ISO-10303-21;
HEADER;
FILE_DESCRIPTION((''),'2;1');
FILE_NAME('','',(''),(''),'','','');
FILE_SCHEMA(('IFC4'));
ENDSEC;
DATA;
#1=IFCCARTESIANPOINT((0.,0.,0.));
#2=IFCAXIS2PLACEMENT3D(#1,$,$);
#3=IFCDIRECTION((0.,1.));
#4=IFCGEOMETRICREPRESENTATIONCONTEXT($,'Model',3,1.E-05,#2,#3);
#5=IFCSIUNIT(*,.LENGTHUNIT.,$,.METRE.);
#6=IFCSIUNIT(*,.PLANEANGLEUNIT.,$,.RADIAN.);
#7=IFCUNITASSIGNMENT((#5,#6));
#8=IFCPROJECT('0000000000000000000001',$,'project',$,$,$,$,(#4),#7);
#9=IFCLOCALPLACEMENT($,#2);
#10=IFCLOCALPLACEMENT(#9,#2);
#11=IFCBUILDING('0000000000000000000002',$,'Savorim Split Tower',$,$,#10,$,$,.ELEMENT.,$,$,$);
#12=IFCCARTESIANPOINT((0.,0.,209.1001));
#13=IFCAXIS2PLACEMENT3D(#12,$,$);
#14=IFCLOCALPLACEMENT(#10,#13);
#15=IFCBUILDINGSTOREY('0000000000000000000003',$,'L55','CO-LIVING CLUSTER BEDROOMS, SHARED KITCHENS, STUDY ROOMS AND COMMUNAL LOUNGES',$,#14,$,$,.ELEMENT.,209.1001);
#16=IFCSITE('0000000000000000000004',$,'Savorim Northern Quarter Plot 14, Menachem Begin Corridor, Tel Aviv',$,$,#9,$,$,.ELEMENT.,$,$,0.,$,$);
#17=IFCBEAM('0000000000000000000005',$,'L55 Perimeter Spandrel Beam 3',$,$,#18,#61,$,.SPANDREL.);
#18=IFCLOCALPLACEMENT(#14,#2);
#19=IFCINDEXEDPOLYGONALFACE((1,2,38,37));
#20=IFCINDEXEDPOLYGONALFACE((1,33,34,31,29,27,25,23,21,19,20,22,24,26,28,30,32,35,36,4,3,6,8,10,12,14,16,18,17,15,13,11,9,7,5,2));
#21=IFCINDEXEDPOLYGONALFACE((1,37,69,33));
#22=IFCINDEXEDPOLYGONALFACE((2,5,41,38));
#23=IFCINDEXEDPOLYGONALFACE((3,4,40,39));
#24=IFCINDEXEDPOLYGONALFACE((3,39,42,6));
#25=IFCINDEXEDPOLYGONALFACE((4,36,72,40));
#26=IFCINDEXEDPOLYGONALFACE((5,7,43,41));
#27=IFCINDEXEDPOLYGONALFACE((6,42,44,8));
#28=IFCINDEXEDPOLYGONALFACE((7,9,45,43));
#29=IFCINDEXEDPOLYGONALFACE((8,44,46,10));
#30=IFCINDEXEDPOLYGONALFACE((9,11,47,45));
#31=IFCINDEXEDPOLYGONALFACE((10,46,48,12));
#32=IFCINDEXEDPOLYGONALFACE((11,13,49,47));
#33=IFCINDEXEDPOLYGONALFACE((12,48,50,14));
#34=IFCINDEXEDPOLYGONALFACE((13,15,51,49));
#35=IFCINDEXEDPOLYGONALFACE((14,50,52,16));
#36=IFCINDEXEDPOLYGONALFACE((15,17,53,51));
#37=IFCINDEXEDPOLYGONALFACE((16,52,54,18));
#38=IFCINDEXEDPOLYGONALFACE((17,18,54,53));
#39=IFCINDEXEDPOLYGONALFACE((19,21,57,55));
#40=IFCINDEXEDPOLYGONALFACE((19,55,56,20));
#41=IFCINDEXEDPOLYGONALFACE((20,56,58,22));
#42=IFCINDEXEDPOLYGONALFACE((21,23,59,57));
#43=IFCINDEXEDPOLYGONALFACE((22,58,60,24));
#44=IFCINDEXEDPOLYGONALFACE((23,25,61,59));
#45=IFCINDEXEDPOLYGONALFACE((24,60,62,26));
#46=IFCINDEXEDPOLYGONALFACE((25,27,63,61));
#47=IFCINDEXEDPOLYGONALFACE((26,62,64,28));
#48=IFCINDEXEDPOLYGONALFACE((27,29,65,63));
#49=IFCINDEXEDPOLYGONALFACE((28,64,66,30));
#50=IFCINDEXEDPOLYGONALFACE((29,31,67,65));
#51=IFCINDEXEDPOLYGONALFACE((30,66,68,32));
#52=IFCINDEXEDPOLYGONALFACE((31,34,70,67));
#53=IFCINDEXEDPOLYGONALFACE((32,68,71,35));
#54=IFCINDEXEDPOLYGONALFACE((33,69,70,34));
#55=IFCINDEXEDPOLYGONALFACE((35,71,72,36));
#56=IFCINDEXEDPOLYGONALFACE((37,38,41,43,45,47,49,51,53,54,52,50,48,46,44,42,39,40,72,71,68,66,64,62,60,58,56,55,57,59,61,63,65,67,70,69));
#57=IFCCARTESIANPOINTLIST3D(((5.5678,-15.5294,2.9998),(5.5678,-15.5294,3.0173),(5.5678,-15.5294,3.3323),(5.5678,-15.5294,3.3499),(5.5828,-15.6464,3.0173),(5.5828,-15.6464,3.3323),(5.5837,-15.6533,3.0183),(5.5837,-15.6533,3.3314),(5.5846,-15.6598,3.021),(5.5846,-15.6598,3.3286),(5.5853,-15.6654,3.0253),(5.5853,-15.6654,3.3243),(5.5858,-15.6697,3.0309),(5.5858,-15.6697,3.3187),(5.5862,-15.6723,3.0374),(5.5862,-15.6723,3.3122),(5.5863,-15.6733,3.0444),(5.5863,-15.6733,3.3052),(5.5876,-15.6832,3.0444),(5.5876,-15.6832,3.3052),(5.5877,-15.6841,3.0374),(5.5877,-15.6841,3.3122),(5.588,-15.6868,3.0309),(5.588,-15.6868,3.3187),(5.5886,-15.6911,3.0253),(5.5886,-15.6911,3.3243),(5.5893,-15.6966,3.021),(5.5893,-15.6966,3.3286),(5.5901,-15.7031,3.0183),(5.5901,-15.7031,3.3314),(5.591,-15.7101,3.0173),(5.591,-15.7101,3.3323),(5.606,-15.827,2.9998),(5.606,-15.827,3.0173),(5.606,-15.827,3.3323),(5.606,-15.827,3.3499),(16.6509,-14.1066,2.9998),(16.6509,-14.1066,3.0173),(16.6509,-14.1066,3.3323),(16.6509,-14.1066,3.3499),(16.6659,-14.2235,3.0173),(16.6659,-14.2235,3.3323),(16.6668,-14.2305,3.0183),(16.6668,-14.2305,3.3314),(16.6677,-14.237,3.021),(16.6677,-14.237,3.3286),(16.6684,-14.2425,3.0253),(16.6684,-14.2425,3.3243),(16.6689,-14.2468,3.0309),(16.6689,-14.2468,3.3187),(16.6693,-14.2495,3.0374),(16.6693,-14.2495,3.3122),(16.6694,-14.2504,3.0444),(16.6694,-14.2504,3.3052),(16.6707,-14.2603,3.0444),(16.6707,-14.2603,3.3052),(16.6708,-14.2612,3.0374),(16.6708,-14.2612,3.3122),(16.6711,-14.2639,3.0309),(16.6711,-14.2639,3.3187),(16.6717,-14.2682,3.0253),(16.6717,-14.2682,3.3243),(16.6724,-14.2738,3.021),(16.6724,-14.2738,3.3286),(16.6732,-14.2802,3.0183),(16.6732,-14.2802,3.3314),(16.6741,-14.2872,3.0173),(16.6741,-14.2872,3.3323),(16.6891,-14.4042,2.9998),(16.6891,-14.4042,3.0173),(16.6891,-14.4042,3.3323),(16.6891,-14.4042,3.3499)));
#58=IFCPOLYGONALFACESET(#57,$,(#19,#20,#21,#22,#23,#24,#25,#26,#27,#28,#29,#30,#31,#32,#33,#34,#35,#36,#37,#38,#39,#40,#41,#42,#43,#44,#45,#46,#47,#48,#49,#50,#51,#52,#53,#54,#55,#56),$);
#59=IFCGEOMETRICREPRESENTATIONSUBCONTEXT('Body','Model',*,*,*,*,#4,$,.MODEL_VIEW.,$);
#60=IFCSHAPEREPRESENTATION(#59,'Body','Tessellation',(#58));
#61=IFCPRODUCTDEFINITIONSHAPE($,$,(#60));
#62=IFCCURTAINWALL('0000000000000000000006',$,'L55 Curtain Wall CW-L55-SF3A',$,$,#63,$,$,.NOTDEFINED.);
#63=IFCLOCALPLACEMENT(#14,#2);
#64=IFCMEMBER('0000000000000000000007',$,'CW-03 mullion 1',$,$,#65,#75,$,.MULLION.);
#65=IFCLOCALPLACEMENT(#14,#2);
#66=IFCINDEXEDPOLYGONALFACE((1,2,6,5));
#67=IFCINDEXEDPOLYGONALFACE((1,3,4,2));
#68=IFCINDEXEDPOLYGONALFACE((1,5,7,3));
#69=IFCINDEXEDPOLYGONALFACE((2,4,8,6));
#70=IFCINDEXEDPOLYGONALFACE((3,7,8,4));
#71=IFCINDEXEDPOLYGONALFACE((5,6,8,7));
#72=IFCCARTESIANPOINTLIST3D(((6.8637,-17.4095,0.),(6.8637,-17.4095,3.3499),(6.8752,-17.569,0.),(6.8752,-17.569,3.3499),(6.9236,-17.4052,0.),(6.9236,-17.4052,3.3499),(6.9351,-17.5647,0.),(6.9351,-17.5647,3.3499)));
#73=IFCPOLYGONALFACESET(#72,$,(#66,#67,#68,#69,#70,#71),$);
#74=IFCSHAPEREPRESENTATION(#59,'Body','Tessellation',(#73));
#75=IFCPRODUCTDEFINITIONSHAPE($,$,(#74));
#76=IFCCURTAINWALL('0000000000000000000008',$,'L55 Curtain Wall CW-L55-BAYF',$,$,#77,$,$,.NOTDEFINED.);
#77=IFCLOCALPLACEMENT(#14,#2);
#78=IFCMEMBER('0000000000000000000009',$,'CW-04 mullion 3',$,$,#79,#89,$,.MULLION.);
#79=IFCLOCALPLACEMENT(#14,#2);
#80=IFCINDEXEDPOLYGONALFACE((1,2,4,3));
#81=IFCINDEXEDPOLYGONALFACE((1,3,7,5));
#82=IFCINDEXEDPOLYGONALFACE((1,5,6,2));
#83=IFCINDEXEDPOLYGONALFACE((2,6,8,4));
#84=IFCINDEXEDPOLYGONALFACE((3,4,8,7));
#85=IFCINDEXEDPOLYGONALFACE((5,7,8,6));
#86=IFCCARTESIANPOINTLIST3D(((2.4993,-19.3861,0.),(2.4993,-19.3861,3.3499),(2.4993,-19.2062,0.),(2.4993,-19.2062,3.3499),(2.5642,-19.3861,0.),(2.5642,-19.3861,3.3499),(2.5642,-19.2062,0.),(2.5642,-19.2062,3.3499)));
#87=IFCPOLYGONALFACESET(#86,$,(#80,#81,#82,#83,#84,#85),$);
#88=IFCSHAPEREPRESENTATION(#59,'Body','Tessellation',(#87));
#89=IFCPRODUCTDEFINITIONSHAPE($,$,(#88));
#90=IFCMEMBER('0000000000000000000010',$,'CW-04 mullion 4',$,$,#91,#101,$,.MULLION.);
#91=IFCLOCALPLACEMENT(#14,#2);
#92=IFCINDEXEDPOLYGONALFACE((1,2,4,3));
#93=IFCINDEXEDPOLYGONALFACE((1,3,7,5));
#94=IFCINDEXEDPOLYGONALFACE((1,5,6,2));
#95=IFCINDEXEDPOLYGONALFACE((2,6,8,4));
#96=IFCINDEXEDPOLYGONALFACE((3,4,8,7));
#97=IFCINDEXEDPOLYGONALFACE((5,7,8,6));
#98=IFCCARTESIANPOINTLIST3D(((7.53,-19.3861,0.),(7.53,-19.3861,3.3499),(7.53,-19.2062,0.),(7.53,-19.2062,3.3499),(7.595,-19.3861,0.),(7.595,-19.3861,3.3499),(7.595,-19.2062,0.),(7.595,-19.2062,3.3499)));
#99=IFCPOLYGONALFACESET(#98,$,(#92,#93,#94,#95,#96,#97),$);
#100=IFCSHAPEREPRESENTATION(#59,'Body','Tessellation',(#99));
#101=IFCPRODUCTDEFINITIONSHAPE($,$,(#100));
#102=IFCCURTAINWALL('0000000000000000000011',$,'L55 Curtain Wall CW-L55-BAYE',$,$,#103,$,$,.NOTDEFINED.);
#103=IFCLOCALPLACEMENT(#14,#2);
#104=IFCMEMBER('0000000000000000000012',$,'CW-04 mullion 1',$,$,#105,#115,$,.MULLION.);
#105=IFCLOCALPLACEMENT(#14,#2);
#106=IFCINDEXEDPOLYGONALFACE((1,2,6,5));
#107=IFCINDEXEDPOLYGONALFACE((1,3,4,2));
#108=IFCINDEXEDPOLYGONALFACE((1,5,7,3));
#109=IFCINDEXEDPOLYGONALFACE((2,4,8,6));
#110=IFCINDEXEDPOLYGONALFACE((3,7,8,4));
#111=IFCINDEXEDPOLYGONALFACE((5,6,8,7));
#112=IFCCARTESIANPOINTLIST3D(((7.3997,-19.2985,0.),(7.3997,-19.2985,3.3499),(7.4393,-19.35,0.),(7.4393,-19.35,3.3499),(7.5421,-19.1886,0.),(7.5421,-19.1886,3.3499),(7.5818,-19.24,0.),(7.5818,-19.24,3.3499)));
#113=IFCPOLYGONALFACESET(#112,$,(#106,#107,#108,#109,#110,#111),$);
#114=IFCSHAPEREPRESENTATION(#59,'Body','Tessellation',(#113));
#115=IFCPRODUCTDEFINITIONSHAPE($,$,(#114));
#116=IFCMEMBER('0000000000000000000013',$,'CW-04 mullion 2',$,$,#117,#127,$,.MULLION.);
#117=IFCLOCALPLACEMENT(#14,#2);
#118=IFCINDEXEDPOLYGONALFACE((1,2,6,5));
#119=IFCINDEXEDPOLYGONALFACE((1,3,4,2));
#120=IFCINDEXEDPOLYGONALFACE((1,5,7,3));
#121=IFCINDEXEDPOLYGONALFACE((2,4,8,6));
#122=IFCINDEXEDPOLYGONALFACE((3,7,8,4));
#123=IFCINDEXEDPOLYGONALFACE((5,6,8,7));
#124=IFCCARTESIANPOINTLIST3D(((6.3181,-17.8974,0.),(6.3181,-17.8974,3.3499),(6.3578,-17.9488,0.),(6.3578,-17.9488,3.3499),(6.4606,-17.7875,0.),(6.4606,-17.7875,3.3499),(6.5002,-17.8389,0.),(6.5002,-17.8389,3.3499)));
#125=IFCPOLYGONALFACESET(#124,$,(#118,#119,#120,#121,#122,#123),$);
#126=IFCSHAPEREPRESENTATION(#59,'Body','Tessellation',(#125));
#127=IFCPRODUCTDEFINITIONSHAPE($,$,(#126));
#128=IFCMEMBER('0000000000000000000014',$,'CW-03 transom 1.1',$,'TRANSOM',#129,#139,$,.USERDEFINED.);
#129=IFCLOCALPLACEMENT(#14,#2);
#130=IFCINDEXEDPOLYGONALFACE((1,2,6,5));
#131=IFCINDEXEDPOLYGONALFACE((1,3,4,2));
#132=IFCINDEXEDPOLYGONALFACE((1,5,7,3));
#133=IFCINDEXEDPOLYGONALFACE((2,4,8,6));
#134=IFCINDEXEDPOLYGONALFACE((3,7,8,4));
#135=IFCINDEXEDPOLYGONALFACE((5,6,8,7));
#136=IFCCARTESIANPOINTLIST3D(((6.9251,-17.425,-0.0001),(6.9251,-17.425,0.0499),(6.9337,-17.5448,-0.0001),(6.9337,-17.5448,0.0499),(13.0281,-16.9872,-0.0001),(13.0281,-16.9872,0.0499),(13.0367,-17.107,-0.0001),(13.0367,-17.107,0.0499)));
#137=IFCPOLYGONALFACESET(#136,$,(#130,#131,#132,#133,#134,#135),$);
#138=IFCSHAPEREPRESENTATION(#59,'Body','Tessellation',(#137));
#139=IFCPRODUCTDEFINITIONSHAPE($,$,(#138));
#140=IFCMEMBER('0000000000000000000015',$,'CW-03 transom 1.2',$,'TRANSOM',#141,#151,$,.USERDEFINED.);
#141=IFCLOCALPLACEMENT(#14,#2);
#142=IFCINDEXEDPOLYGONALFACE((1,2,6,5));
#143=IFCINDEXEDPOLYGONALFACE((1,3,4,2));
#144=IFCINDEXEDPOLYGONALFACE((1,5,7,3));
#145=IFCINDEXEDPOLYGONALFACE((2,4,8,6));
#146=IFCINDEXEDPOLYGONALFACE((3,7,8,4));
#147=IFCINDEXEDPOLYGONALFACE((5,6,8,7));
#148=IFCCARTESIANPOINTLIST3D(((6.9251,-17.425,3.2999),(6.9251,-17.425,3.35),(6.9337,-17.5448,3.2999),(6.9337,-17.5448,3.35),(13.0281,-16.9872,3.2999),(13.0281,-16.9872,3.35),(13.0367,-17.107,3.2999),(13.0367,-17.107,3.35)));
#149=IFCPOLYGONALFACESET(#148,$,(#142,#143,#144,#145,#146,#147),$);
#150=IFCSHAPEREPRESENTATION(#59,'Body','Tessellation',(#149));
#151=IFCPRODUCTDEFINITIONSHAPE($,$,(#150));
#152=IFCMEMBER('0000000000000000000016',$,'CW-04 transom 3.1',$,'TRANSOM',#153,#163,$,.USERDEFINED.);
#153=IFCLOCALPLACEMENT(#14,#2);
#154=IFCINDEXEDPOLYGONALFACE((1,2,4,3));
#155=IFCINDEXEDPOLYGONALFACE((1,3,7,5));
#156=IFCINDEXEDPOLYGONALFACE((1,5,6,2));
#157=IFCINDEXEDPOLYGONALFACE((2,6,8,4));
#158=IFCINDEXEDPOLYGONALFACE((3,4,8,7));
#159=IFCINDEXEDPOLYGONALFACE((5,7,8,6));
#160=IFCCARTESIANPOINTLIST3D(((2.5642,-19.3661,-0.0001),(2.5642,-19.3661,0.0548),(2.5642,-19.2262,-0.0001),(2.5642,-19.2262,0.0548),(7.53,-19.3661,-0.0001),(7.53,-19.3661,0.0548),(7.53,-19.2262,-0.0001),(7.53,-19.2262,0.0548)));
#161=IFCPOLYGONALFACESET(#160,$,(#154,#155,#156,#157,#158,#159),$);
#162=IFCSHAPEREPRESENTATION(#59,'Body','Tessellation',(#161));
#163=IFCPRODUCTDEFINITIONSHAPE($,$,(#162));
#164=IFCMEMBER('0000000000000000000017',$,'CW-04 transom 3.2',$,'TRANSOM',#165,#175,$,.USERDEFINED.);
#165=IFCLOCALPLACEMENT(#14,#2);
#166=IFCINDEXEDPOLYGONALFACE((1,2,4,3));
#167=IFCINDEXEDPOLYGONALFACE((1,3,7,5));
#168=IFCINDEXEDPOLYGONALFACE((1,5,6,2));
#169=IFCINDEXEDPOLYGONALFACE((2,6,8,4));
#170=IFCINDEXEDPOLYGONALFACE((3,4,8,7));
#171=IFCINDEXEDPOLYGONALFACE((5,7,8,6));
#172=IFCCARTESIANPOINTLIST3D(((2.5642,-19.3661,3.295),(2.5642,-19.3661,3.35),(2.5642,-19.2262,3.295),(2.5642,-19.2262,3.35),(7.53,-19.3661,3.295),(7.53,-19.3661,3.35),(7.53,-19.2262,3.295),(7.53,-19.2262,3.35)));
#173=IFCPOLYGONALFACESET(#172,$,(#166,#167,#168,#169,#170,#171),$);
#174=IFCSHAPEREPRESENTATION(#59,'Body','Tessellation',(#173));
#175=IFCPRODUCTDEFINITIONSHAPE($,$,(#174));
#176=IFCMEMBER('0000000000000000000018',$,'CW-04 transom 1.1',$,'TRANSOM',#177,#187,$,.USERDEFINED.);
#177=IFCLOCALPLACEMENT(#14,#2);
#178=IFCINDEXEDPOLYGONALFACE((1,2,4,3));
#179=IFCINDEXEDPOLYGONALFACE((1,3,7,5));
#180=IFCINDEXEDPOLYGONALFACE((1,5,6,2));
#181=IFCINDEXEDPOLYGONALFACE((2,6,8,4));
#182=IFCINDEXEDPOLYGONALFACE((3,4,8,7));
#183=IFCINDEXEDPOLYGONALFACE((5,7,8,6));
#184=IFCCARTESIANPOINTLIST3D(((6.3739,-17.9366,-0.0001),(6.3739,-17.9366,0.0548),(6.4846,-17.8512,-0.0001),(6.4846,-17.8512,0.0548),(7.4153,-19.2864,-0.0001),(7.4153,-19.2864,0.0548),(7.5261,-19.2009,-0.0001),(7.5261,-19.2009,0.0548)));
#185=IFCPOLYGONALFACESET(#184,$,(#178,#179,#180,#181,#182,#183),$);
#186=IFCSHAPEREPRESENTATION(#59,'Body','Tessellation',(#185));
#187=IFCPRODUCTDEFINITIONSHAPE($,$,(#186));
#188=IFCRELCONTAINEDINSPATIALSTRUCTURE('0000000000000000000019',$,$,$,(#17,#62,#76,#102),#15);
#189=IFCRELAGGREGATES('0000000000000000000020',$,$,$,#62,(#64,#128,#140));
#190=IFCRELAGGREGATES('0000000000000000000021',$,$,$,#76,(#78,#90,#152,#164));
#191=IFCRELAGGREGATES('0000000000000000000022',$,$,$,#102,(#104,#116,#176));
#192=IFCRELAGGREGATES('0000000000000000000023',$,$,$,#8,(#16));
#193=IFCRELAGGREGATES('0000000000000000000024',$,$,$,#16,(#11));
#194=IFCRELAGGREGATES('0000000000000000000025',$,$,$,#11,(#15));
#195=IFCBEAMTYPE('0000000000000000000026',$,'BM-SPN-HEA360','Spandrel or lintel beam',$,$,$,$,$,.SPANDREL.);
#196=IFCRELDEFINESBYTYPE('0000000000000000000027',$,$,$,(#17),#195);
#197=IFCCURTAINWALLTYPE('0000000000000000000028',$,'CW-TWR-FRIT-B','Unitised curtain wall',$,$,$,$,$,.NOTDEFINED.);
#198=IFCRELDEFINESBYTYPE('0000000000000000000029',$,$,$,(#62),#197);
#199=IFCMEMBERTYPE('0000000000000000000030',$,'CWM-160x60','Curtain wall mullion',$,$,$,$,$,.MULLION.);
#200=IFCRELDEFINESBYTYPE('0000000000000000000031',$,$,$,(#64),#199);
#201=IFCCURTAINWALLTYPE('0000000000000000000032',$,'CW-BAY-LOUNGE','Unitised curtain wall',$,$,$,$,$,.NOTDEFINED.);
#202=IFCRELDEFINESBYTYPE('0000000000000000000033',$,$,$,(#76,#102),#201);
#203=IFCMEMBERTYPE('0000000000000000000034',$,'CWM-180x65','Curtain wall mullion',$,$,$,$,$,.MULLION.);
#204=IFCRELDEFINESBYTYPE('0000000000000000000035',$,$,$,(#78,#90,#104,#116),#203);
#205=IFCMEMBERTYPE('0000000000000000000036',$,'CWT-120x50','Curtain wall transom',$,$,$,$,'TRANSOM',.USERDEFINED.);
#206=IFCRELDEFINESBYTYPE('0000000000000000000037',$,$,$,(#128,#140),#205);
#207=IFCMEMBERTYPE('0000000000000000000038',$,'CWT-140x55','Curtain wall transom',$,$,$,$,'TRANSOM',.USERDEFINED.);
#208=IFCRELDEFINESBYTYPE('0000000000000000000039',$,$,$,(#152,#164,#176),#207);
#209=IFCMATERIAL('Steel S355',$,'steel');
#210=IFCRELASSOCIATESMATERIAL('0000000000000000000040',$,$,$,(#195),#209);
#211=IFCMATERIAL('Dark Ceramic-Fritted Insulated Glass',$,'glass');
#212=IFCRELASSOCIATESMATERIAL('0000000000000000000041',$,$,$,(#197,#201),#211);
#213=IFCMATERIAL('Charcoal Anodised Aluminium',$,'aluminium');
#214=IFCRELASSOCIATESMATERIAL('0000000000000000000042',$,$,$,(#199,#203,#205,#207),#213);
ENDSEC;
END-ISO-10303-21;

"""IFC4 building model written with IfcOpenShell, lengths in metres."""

from ifc_helpers import new_model, si_unit, direction, frame, origin, origin_2d, place, context, subcontext, project, spatial, rectangle, i_section, extrude, material, material_profile, profile_set, type_object, element, aggregate, save


model = new_model("IFC4")

# Units and contexts
model_context = context("Model", 3, precision=1e-05, world=origin(), true_north=direction((0.0, 1.0)))
body_context = subcontext(model_context, "Body", "Model", "MODEL_VIEW")
ifc_project = project(units=[si_unit("LENGTHUNIT", "METRE"), si_unit("PLANEANGLEUNIT", "RADIAN")], contexts=[model_context])

# Site, building, storey
site_placement = place(None, origin())
site = spatial("IfcSite", under=ifc_project, at=site_placement, Name="Savorim Northern Quarter Plot 14, Menachem Begin Corridor, Tel Aviv", CompositionType="ELEMENT", RefElevation=0.0)
building_placement = place(site_placement, origin())
building = spatial("IfcBuilding", under=site, at=building_placement, Name="Savorim Split Tower", CompositionType="ELEMENT")
storey_placement = place(building_placement, frame((0.0, 0.0, 209.1001)))
storey = spatial("IfcBuildingStorey", under=building, at=storey_placement, Name="L55", Description="CO-LIVING CLUSTER BEDROOMS, SHARED KITCHENS, STUDY ROOMS AND COMMUNAL LOUNGES", CompositionType="ELEMENT", Elevation=209.1001)

# Shared definitions
ifc_material_1 = material(Name="Steel S355", Category="steel")

# Beam
ifc_material_profile_1 = material_profile(ifc_material_1, i_section(OverallWidth=0.3, OverallDepth=0.3501, WebThickness=0.01, FlangeThickness=0.0176, FilletRadius=0.0271, at=origin_2d()), Name="HEA 360")
ifc_profile_set_1 = profile_set([ifc_material_profile_1], Name="Steel S355")
beam_type_1 = type_object("IfcBeamType", Name="BM-SPN-HEA360", Description="Spandrel or lintel beam", PredefinedType="SPANDREL", material=ifc_profile_set_1)
beam_1_placement = place(storey_placement, frame((5.5869, -15.6782, 3.1748), z_axis=(0.99186, 0.127336, 0.0), x_axis=(-0.127336, 0.99186, 0.0)))
element("IfcBeam", 1, at=beam_1_placement, inside=storey, type_object=beam_type_1, Name="L55 Perimeter Spandrel Beam 3", PredefinedType="SPANDREL", context=body_context, shape_type="SweptSolid", body=[
    extrude(i_section(OverallWidth=0.3, OverallDepth=0.3501, WebThickness=0.01, FlangeThickness=0.0176, FilletRadius=0.0271, at=origin_2d()), origin(), (0.0, 0.0, 1.0), 11.1741),
])

# Curtain wall, member
ifc_material_2 = material(Name="Dark Ceramic-Fritted Insulated Glass", Category="glass")
curtain_wall_type_1 = type_object("IfcCurtainWallType", Name="CW-TWR-FRIT-B", Description="Unitised curtain wall", PredefinedType="NOTDEFINED", material=ifc_material_2)
curtain_wall_1_placement = place(storey_placement, origin())
curtain_wall_1 = element("IfcCurtainWall", 2, at=curtain_wall_1_placement, inside=storey, type_object=curtain_wall_type_1, Name="L55 Curtain Wall CW-L55-SF3A", PredefinedType="NOTDEFINED")
ifc_material_3 = material(Name="Charcoal Anodised Aluminium", Category="aluminium")
ifc_material_profile_2 = material_profile(ifc_material_3, rectangle(XDim=0.1599, YDim=0.0601, at=origin_2d()), Name="ALU-M 160x60")
ifc_profile_set_2 = profile_set([ifc_material_profile_2], Name="Charcoal Anodised Aluminium")
member_type_1 = type_object("IfcMemberType", Name="CWM-160x60", Description="Curtain wall mullion", PredefinedType="MULLION", material=ifc_profile_set_2)
member_1_placement = place(storey_placement, frame((6.8994, -17.4871, 0.0), z_axis=(0.0, 0.0, 1.0), x_axis=(-0.071552, 0.997437, 0.0)))
member_1 = element("IfcMember", 3, at=member_1_placement, type_object=member_type_1, Name="CW-03 mullion 1", PredefinedType="MULLION", context=body_context, shape_type="SweptSolid", body=[
    extrude(rectangle(XDim=0.1599, YDim=0.0601, at=origin_2d()), origin(), (0.0, 0.0, 1.0), 3.3499),
])

# Curtain walls, members
curtain_wall_type_2 = type_object("IfcCurtainWallType", Name="CW-BAY-LOUNGE", Description="Unitised curtain wall", PredefinedType="NOTDEFINED", material=ifc_material_2)
curtain_wall_2_placement = place(storey_placement, origin())
curtain_wall_2 = element("IfcCurtainWall", 4, at=curtain_wall_2_placement, inside=storey, type_object=curtain_wall_type_2, Name="L55 Curtain Wall CW-L55-BAYF", PredefinedType="NOTDEFINED")
ifc_material_profile_3 = material_profile(ifc_material_3, rectangle(XDim=0.1799, YDim=0.0649, at=origin_2d()), Name="ALU-M 180x65")
ifc_profile_set_3 = profile_set([ifc_material_profile_3], Name="Charcoal Anodised Aluminium")
member_type_2 = type_object("IfcMemberType", Name="CWM-180x65", Description="Curtain wall mullion", PredefinedType="MULLION", material=ifc_profile_set_3)
member_2_placement = place(storey_placement, frame((2.5317, -19.2961, 0.0), z_axis=(0.0, 0.0, 1.0), x_axis=(0.0, 1.0, 0.0)))
member_2 = element("IfcMember", 5, at=member_2_placement, type_object=member_type_2, Name="CW-04 mullion 3", PredefinedType="MULLION", context=body_context, shape_type="SweptSolid", body=[
    extrude(rectangle(XDim=0.1799, YDim=0.0649, at=origin_2d()), origin(), (0.0, 0.0, 1.0), 3.3499),
])
member_3_placement = place(storey_placement, frame((7.5625, -19.2961, 0.0), z_axis=(0.0, 0.0, 1.0), x_axis=(0.0, 1.0, 0.0)))
member_3 = element("IfcMember", 6, at=member_3_placement, type_object=member_type_2, Name="CW-04 mullion 4", PredefinedType="MULLION", context=body_context, shape_type="SweptSolid", body=[
    extrude(rectangle(XDim=0.1799, YDim=0.0649, at=origin_2d()), origin(), (0.0, 0.0, 1.0), 3.3499),
])
curtain_wall_3_placement = place(storey_placement, origin())
curtain_wall_3 = element("IfcCurtainWall", 7, at=curtain_wall_3_placement, inside=storey, type_object=curtain_wall_type_2, Name="L55 Curtain Wall CW-L55-BAYE", PredefinedType="NOTDEFINED")
member_4_placement = place(storey_placement, frame((7.4907, -19.2693, 0.0), z_axis=(0.0, 0.0, 1.0), x_axis=(-0.791644, -0.610982, 0.0)))
member_4 = element("IfcMember", 8, at=member_4_placement, type_object=member_type_2, Name="CW-04 mullion 1", PredefinedType="MULLION", context=body_context, shape_type="SweptSolid", body=[
    extrude(rectangle(XDim=0.1799, YDim=0.0649, at=origin_2d()), origin(), (0.0, 0.0, 1.0), 3.3499),
])
member_5_placement = place(storey_placement, frame((6.4092, -17.8682, 0.0), z_axis=(0.0, 0.0, 1.0), x_axis=(-0.791644, -0.610982, 0.0)))
member_5 = element("IfcMember", 9, at=member_5_placement, type_object=member_type_2, Name="CW-04 mullion 2", PredefinedType="MULLION", context=body_context, shape_type="SweptSolid", body=[
    extrude(rectangle(XDim=0.1799, YDim=0.0649, at=origin_2d()), origin(), (0.0, 0.0, 1.0), 3.3499),
])

# Members
ifc_material_profile_4 = material_profile(ifc_material_3, rectangle(XDim=0.1201, YDim=0.05, at=origin_2d()), Name="ALU-T 120x50")
ifc_profile_set_4 = profile_set([ifc_material_profile_4], Name="Charcoal Anodised Aluminium")
member_type_3 = type_object("IfcMemberType", Name="CWT-120x50", Description="Curtain wall transom", ElementType="TRANSOM", PredefinedType="USERDEFINED", material=ifc_profile_set_4)
member_6_placement = place(storey_placement, frame((6.9294, -17.4849, 0.0249), z_axis=(0.997438, 0.071542, 0.0), x_axis=(-0.071542, 0.997438, 0.0)))
member_6 = element("IfcMember", 10, at=member_6_placement, type_object=member_type_3, Name="CW-03 transom 1.1", ObjectType="TRANSOM", PredefinedType="USERDEFINED", context=body_context, shape_type="SweptSolid", body=[
    extrude(rectangle(XDim=0.1201, YDim=0.05, at=origin_2d()), origin(), (0.0, 0.0, 1.0), 6.1187),
])
member_7_placement = place(storey_placement, frame((6.9294, -17.4849, 3.325), z_axis=(0.997438, 0.071542, 0.0), x_axis=(-0.071542, 0.997438, 0.0)))
member_7 = element("IfcMember", 11, at=member_7_placement, type_object=member_type_3, Name="CW-03 transom 1.2", ObjectType="TRANSOM", PredefinedType="USERDEFINED", context=body_context, shape_type="SweptSolid", body=[
    extrude(rectangle(XDim=0.1201, YDim=0.05, at=origin_2d()), origin(), (0.0, 0.0, 1.0), 6.1187),
])
aggregate(curtain_wall_1, [member_1, member_6, member_7])
ifc_material_profile_5 = material_profile(ifc_material_3, rectangle(XDim=0.1399, YDim=0.0549, at=origin_2d()), Name="ALU-T 140x55")
ifc_profile_set_5 = profile_set([ifc_material_profile_5], Name="Charcoal Anodised Aluminium")
member_type_4 = type_object("IfcMemberType", Name="CWT-140x55", Description="Curtain wall transom", ElementType="TRANSOM", PredefinedType="USERDEFINED", material=ifc_profile_set_5)
member_8_placement = place(storey_placement, frame((2.5642, -19.2961, 0.0273), z_axis=(1.0, 0.0, 0.0), x_axis=(0.0, 1.0, 0.0)))
member_8 = element("IfcMember", 12, at=member_8_placement, type_object=member_type_4, Name="CW-04 transom 3.1", ObjectType="TRANSOM", PredefinedType="USERDEFINED", context=body_context, shape_type="SweptSolid", body=[
    extrude(rectangle(XDim=0.1399, YDim=0.0549, at=origin_2d()), origin(), (0.0, 0.0, 1.0), 4.9658),
])
member_9_placement = place(storey_placement, frame((2.5642, -19.2961, 3.3225), z_axis=(1.0, 0.0, 0.0), x_axis=(0.0, 1.0, 0.0)))
member_9 = element("IfcMember", 13, at=member_9_placement, type_object=member_type_4, Name="CW-04 transom 3.2", ObjectType="TRANSOM", PredefinedType="USERDEFINED", context=body_context, shape_type="SweptSolid", body=[
    extrude(rectangle(XDim=0.1399, YDim=0.0549, at=origin_2d()), origin(), (0.0, 0.0, 1.0), 4.9658),
])
member_10_placement = place(storey_placement, frame((7.4707, -19.2437, 0.0273), z_axis=(-0.610873, 0.791729, 0.0), x_axis=(-0.791729, -0.610873, 0.0)))
member_10 = element("IfcMember", 14, at=member_10_placement, type_object=member_type_4, Name="CW-04 transom 1.1", ObjectType="TRANSOM", PredefinedType="USERDEFINED", context=body_context, shape_type="SweptSolid", body=[
    extrude(rectangle(XDim=0.1399, YDim=0.0549, at=origin_2d()), origin(), (0.0, 0.0, 1.0), 1.7048),
])

aggregate(curtain_wall_2, [member_2, member_3, member_8, member_9])
aggregate(curtain_wall_3, [member_4, member_5, member_10])

save(model, "model.ifc")
